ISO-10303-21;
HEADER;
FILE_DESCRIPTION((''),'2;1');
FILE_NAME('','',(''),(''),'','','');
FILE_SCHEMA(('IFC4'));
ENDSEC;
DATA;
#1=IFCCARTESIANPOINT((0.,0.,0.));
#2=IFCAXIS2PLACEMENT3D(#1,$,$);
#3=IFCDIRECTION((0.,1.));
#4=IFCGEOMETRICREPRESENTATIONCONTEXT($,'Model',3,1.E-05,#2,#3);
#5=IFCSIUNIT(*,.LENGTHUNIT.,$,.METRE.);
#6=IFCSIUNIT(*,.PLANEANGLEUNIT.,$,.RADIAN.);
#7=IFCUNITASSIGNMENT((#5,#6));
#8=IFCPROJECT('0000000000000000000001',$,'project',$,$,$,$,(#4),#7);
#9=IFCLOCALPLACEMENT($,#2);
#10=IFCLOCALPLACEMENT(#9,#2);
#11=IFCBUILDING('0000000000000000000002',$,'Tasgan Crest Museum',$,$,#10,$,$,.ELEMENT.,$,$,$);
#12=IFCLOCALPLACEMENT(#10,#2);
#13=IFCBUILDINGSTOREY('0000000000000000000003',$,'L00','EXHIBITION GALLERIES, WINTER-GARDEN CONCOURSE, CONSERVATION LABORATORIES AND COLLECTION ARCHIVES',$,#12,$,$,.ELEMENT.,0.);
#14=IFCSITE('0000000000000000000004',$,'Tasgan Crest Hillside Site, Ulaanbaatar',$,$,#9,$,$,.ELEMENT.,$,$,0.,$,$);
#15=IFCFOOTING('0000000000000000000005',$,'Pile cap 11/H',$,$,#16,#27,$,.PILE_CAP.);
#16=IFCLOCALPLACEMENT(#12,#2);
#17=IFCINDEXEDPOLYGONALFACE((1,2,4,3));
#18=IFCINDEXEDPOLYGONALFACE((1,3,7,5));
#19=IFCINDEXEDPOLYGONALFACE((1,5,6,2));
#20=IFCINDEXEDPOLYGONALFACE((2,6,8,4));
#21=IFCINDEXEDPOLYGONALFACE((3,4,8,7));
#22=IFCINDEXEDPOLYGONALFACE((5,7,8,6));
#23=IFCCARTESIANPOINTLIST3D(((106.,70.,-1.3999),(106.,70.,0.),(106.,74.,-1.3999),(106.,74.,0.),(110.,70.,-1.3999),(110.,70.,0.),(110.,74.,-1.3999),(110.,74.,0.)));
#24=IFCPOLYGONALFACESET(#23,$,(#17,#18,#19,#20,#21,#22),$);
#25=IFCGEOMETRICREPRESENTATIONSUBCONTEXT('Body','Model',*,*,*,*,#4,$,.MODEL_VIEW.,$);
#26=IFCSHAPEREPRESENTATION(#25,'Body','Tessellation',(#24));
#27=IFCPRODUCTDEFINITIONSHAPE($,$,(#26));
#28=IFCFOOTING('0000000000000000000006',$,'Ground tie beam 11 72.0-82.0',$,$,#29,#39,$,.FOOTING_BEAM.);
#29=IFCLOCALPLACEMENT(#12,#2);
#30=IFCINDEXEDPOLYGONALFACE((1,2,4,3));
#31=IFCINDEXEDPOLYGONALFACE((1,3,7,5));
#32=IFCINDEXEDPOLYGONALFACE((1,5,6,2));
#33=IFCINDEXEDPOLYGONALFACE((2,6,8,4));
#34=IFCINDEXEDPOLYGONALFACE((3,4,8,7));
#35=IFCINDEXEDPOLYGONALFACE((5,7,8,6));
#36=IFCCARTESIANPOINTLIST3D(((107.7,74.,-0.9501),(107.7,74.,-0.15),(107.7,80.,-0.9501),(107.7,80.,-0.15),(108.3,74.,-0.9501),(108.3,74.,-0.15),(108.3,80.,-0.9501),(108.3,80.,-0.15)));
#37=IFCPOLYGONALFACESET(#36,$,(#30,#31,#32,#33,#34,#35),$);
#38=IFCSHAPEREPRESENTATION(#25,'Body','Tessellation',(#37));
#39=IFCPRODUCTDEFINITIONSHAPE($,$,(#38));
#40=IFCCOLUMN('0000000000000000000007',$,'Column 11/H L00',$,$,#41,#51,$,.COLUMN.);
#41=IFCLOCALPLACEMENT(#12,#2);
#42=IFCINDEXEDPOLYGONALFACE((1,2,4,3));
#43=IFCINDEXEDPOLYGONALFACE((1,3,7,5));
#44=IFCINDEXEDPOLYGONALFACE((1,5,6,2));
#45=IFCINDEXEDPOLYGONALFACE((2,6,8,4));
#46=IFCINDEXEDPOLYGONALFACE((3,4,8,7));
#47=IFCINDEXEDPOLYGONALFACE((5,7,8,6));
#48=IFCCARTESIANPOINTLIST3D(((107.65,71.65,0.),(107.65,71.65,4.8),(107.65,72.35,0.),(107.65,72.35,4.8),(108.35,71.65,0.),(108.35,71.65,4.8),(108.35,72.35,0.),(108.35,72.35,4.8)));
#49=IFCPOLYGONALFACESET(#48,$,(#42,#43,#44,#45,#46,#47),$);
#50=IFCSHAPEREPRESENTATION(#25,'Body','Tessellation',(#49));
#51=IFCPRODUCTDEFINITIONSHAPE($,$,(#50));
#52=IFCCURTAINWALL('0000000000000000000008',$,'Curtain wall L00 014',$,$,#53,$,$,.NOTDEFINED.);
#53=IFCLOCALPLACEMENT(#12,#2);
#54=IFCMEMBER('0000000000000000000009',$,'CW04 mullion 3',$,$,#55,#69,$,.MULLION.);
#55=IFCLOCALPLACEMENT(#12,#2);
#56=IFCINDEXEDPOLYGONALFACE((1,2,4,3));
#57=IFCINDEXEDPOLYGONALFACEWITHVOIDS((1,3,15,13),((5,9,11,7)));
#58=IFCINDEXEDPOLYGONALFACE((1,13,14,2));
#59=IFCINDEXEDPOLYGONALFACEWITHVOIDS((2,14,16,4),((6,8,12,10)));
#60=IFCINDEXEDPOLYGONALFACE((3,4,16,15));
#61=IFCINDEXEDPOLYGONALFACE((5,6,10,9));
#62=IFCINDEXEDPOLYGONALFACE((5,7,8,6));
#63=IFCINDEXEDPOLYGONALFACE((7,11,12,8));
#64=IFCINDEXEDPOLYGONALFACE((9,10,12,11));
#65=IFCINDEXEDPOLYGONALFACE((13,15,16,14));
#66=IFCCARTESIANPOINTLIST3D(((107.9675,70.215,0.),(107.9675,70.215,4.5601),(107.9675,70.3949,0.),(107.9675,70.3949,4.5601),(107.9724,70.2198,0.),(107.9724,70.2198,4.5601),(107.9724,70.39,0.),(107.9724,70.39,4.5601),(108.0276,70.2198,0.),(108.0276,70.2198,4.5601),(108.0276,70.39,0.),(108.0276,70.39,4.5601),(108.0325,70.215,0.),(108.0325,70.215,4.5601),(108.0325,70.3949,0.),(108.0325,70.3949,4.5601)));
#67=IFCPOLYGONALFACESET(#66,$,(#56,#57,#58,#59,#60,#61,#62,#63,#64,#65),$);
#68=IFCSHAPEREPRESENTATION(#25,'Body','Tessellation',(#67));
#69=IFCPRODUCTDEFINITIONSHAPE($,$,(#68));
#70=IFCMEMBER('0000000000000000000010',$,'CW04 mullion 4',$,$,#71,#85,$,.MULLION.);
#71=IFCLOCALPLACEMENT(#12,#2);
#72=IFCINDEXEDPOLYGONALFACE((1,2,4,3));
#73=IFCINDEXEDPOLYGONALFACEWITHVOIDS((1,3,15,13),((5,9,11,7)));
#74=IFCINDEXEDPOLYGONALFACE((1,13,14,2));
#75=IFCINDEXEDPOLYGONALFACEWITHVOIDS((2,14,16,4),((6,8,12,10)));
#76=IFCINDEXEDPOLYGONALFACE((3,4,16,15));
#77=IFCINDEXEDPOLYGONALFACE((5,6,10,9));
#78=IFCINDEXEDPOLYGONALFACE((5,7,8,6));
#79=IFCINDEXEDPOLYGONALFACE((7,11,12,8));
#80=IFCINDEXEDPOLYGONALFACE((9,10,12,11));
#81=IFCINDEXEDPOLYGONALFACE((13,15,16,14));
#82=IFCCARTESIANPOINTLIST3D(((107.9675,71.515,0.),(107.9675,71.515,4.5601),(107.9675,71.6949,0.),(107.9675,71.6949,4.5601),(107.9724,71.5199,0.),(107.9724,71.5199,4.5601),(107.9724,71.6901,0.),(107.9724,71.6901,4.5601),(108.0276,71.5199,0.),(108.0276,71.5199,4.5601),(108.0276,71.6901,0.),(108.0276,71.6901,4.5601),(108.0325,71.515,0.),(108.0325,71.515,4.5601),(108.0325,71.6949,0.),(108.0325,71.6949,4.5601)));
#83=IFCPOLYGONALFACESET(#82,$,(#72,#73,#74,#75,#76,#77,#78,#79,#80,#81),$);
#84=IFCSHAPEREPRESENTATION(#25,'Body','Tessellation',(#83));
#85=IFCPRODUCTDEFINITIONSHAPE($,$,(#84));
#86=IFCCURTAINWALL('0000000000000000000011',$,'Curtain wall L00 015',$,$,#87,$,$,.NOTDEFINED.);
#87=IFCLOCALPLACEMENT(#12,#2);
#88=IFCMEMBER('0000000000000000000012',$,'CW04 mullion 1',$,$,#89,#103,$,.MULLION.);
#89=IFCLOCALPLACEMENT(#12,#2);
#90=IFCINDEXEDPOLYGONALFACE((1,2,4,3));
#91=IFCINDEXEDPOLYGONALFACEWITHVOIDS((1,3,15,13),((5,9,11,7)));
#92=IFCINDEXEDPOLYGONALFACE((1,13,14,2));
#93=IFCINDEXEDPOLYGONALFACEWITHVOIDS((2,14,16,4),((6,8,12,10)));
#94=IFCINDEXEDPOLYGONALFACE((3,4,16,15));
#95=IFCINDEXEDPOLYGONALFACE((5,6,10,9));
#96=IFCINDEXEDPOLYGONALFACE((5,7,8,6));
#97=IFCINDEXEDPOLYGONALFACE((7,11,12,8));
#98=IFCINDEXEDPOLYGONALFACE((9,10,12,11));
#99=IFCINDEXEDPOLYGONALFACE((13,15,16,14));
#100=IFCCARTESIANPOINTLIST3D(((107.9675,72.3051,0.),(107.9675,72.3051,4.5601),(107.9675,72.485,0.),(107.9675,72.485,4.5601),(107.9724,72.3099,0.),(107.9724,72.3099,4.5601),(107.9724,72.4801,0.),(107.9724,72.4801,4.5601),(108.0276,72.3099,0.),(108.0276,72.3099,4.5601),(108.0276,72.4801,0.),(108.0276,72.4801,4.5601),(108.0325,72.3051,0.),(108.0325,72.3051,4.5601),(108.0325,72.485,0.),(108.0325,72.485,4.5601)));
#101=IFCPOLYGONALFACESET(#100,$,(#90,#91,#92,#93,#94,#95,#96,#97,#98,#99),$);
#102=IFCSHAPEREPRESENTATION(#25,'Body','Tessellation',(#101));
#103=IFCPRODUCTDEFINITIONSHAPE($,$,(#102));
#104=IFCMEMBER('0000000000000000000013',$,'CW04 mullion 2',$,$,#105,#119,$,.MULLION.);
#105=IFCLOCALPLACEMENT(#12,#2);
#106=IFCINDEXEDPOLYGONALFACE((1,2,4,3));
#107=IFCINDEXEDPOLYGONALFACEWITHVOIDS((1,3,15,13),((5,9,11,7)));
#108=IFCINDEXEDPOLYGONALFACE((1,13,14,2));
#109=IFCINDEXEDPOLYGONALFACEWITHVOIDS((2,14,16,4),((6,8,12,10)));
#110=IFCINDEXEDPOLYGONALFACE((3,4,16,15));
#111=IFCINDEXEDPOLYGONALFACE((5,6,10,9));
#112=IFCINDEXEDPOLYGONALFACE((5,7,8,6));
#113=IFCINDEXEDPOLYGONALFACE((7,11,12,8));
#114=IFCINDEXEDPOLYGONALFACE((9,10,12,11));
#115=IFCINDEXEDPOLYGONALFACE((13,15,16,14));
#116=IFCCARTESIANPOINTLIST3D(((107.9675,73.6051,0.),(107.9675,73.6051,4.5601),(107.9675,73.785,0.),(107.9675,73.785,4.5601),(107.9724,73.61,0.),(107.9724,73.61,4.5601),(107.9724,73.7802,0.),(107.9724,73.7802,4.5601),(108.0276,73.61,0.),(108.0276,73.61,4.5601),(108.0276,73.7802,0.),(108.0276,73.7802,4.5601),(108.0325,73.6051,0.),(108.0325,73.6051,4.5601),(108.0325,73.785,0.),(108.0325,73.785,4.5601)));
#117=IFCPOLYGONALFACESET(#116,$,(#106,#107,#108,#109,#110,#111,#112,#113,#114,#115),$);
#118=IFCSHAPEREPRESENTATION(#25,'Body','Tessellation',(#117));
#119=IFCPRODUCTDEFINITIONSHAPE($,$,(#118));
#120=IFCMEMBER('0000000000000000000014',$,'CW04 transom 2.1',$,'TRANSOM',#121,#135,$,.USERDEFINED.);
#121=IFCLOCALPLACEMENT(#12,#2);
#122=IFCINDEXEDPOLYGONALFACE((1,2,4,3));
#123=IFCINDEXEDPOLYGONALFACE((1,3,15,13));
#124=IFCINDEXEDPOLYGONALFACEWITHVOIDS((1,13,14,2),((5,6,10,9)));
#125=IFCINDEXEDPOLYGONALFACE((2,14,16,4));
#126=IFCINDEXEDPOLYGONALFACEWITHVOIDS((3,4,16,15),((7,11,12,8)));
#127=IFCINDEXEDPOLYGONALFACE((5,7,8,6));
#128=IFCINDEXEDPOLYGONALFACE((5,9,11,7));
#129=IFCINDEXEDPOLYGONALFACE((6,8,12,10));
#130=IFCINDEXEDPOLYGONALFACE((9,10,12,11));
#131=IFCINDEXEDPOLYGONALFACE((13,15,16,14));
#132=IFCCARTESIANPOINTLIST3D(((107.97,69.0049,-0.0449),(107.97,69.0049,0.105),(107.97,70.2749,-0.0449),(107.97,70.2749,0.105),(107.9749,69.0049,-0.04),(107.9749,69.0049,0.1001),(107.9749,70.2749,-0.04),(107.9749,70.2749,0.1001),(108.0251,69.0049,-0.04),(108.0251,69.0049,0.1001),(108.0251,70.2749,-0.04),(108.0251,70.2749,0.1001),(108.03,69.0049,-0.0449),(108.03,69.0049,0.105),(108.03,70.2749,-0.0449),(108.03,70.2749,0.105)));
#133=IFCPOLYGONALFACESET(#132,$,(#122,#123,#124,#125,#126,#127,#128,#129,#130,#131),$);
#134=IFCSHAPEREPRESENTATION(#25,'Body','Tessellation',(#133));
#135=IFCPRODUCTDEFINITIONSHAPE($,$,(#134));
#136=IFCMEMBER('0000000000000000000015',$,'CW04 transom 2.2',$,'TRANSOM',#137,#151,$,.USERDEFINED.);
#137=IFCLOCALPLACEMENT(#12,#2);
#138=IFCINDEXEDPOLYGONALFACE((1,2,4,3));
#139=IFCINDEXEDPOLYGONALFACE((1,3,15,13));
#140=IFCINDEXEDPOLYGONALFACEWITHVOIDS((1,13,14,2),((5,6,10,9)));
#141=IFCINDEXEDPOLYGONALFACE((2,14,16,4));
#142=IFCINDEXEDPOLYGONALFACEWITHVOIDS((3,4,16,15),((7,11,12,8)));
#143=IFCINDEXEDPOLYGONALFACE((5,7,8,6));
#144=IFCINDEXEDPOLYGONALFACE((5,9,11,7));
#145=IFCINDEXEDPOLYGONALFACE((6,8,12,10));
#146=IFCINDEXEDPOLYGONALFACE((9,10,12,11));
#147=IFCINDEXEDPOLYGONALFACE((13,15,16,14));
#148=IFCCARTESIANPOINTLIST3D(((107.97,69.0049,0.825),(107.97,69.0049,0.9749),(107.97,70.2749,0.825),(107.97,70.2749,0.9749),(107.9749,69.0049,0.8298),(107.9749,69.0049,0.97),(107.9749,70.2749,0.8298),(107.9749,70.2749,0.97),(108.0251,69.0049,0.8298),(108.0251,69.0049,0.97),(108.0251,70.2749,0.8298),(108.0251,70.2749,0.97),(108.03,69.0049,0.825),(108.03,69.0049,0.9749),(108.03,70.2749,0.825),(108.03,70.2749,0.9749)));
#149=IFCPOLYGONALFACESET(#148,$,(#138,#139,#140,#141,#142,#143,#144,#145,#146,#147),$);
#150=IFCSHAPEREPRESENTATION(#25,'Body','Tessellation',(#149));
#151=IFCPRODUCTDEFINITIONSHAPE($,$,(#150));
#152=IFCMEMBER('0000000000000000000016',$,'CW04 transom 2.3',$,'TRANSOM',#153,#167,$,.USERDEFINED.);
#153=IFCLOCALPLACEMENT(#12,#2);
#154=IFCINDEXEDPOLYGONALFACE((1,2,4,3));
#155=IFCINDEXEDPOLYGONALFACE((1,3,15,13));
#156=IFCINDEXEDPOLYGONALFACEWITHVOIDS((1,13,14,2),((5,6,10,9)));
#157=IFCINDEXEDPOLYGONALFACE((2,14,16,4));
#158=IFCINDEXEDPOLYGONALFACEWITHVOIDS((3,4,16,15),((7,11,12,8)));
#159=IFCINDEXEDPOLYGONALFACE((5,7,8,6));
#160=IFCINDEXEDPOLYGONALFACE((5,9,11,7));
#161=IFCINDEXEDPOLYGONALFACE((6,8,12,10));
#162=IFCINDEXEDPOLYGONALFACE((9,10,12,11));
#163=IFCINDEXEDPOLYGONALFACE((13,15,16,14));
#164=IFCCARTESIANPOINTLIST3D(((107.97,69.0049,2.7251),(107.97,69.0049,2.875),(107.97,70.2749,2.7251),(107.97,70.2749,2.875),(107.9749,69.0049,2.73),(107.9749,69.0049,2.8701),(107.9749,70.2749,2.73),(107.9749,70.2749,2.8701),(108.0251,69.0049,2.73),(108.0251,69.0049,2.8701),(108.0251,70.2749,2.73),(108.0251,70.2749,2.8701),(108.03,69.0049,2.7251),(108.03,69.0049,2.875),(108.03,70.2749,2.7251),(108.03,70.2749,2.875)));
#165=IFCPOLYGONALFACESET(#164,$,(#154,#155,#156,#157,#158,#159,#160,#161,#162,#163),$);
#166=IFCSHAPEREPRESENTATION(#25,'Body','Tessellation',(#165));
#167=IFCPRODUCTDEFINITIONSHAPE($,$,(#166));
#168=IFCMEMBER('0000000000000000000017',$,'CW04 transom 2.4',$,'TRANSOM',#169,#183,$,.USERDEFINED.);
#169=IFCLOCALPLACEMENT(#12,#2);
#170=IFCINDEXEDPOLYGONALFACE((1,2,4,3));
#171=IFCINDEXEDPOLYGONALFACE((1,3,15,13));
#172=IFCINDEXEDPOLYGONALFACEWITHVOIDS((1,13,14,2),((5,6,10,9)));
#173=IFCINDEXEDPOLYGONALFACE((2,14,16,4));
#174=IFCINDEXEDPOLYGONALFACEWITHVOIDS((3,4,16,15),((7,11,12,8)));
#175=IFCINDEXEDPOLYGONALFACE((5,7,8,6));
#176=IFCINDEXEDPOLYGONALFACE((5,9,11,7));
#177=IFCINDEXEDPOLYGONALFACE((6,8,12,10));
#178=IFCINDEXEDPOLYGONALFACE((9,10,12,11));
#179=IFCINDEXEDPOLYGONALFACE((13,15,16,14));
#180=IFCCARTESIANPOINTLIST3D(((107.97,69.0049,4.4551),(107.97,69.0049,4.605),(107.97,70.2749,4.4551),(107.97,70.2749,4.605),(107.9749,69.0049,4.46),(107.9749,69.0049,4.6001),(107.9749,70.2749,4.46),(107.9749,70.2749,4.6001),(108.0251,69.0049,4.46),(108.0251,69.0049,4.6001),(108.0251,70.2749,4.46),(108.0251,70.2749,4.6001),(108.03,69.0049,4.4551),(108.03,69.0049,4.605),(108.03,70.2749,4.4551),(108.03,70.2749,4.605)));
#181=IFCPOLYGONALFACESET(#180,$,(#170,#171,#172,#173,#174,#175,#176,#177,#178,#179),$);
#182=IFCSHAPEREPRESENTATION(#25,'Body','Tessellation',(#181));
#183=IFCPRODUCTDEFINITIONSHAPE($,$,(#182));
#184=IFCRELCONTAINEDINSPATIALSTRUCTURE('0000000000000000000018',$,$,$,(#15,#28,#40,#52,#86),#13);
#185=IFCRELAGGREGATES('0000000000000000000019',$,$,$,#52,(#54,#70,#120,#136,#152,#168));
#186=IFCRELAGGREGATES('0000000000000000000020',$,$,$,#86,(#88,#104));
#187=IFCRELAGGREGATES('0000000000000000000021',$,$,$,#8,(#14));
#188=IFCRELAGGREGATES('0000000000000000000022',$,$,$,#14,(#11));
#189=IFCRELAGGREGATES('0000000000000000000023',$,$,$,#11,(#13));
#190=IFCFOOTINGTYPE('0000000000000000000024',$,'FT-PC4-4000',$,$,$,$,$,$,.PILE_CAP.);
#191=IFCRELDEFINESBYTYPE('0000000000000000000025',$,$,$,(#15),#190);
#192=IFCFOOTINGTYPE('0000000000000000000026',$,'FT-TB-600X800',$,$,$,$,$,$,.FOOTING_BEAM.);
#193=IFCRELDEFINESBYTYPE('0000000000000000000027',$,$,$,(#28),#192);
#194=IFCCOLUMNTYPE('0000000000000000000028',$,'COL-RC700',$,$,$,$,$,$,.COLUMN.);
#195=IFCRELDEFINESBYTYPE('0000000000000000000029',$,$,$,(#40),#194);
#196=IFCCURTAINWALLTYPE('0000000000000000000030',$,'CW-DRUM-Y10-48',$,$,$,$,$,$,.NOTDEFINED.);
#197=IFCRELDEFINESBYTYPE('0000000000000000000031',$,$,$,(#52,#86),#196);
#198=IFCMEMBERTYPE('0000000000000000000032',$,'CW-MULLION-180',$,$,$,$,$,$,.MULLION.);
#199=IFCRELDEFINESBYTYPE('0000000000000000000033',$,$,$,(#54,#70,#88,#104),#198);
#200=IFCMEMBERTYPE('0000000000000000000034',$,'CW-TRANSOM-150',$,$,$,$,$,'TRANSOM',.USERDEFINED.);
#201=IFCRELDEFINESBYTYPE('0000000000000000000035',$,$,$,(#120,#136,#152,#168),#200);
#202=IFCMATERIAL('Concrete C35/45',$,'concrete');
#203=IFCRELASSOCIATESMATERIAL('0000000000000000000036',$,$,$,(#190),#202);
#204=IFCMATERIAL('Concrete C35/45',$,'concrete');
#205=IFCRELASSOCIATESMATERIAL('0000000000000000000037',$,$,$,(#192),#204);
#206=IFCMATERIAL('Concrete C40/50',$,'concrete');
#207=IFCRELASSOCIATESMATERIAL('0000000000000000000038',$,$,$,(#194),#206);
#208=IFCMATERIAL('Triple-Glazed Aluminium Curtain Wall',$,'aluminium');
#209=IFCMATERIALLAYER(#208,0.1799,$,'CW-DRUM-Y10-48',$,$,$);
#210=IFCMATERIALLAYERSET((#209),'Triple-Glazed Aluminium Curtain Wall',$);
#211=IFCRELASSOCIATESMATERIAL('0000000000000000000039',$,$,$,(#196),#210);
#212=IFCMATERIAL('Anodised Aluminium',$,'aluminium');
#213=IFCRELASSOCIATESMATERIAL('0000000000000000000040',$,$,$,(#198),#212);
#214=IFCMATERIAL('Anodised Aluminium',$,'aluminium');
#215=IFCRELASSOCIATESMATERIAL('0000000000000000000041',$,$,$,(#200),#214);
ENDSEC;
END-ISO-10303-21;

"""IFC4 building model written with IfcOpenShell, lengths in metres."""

from ifc_helpers import new_model, si_unit, direction, frame, origin, origin_2d, place, context, subcontext, project, spatial, rectangle, hollow_rectangle, extrude, material, layer, layer_set, material_profile, profile_set, type_object, element, aggregate, save


model = new_model("IFC4")

# Units and contexts
model_context = context("Model", 3, precision=1e-05, world=origin(), true_north=direction((0.0, 1.0)))
body_context = subcontext(model_context, "Body", "Model", "MODEL_VIEW")
ifc_project = project(units=[si_unit("LENGTHUNIT", "METRE"), si_unit("PLANEANGLEUNIT", "RADIAN")], contexts=[model_context])

# Site, building, storey
site_placement = place(None, origin())
site = spatial("IfcSite", under=ifc_project, at=site_placement, Name="Tasgan Crest Hillside Site, Ulaanbaatar", CompositionType="ELEMENT", RefElevation=0.0)
building_placement = place(site_placement, origin())
building = spatial("IfcBuilding", under=site, at=building_placement, Name="Tasgan Crest Museum", CompositionType="ELEMENT")
storey_placement = place(building_placement, origin())
storey = spatial("IfcBuildingStorey", under=building, at=storey_placement, Name="L00", Description="EXHIBITION GALLERIES, WINTER-GARDEN CONCOURSE, CONSERVATION LABORATORIES AND COLLECTION ARCHIVES", CompositionType="ELEMENT", Elevation=0.0)

# Footings
ifc_material_1 = material(Name="Concrete C35/45", Category="concrete")
footing_type_1 = type_object("IfcFootingType", Name="FT-PC4-4000", PredefinedType="PILE_CAP", material=ifc_material_1)
footing_1_placement = place(storey_placement, frame((108.0, 72.0, -1.3999), z_axis=(0.0, 0.0, 1.0), x_axis=(1.0, 0.0, 0.0)))
element("IfcFooting", 1, at=footing_1_placement, inside=storey, type_object=footing_type_1, Name="Pile cap 11/H", PredefinedType="PILE_CAP", context=body_context, shape_type="SweptSolid", body=[
    extrude(rectangle(XDim=4.0, YDim=4.0, at=origin_2d()), origin(), (0.0, 0.0, 1.0), 1.3999),
])
ifc_material_2 = material(Name="Concrete C35/45", Category="concrete")
ifc_material_profile_1 = material_profile(ifc_material_2, rectangle(XDim=0.6001, YDim=0.8, at=origin_2d()), Name="TB 600x800")
ifc_profile_set_1 = profile_set([ifc_material_profile_1], Name="Concrete C35/45")
footing_type_2 = type_object("IfcFootingType", Name="FT-TB-600X800", PredefinedType="FOOTING_BEAM", material=ifc_profile_set_1)
footing_2_placement = place(storey_placement, frame((108.0, 74.0, -0.55), z_axis=(0.0, 1.0, 0.0), x_axis=(-1.0, 0.0, 0.0)))
element("IfcFooting", 2, at=footing_2_placement, inside=storey, type_object=footing_type_2, Name="Ground tie beam 11 72.0-82.0", PredefinedType="FOOTING_BEAM", context=body_context, shape_type="SweptSolid", body=[
    extrude(rectangle(XDim=0.6001, YDim=0.8, at=origin_2d()), origin(), (0.0, 0.0, 1.0), 6.0),
])

# Column
ifc_material_3 = material(Name="Concrete C40/50", Category="concrete")
ifc_material_profile_2 = material_profile(ifc_material_3, rectangle(XDim=0.7, YDim=0.7, at=origin_2d()), Name="RC 700x700")
ifc_profile_set_2 = profile_set([ifc_material_profile_2], Name="Concrete C40/50")
column_type = type_object("IfcColumnType", Name="COL-RC700", PredefinedType="COLUMN", material=ifc_profile_set_2)
column_placement = place(storey_placement, frame((108.0, 72.0, 0.0), z_axis=(0.0, 0.0, 1.0), x_axis=(1.0, 0.0, 0.0)))
element("IfcColumn", 3, at=column_placement, inside=storey, type_object=column_type, Name="Column 11/H L00", PredefinedType="COLUMN", context=body_context, shape_type="SweptSolid", body=[
    extrude(rectangle(XDim=0.7, YDim=0.7, at=origin_2d()), origin(), (0.0, 0.0, 1.0), 4.8),
])

# Curtain walls, members
ifc_material_4 = material(Name="Triple-Glazed Aluminium Curtain Wall", Category="aluminium")
ifc_layer_1 = layer(ifc_material_4, 0.1799, Name="CW-DRUM-Y10-48")
ifc_layer_set_1 = layer_set([ifc_layer_1], Name="Triple-Glazed Aluminium Curtain Wall")
curtain_wall_type = type_object("IfcCurtainWallType", Name="CW-DRUM-Y10-48", PredefinedType="NOTDEFINED", material=ifc_layer_set_1)
curtain_wall_1_placement = place(storey_placement, origin())
curtain_wall_1 = element("IfcCurtainWall", 4, at=curtain_wall_1_placement, inside=storey, type_object=curtain_wall_type, Name="Curtain wall L00 014", PredefinedType="NOTDEFINED")
ifc_material_5 = material(Name="Anodised Aluminium", Category="aluminium")
ifc_material_profile_3 = material_profile(ifc_material_5, hollow_rectangle(XDim=0.0649, YDim=0.1799, WallThickness=0.0049, at=origin_2d()), Name="ALU MULLION 180x65x5")
ifc_profile_set_3 = profile_set([ifc_material_profile_3], Name="Anodised Aluminium")
member_type_1 = type_object("IfcMemberType", Name="CW-MULLION-180", PredefinedType="MULLION", material=ifc_profile_set_3)
member_1_placement = place(storey_placement, frame((108.0, 70.3049, 0.0), z_axis=(0.0, 0.0, 1.0), x_axis=(-1.0, 0.0, 0.0)))
member_1 = element("IfcMember", 5, at=member_1_placement, type_object=member_type_1, Name="CW04 mullion 3", PredefinedType="MULLION", context=body_context, shape_type="SweptSolid", body=[
    extrude(hollow_rectangle(XDim=0.0649, YDim=0.1799, WallThickness=0.0049, at=origin_2d()), origin(), (0.0, 0.0, 1.0), 4.5601),
])
member_2_placement = place(storey_placement, frame((108.0, 71.605, 0.0), z_axis=(0.0, 0.0, 1.0), x_axis=(-1.0, 0.0, 0.0)))
member_2 = element("IfcMember", 6, at=member_2_placement, type_object=member_type_1, Name="CW04 mullion 4", PredefinedType="MULLION", context=body_context, shape_type="SweptSolid", body=[
    extrude(hollow_rectangle(XDim=0.0649, YDim=0.1799, WallThickness=0.0049, at=origin_2d()), origin(), (0.0, 0.0, 1.0), 4.5601),
])
curtain_wall_2_placement = place(storey_placement, origin())
curtain_wall_2 = element("IfcCurtainWall", 7, at=curtain_wall_2_placement, inside=storey, type_object=curtain_wall_type, Name="Curtain wall L00 015", PredefinedType="NOTDEFINED")
member_3_placement = place(storey_placement, frame((108.0, 72.395, 0.0), z_axis=(0.0, 0.0, 1.0), x_axis=(-1.0, 0.0, 0.0)))
member_3 = element("IfcMember", 8, at=member_3_placement, type_object=member_type_1, Name="CW04 mullion 1", PredefinedType="MULLION", context=body_context, shape_type="SweptSolid", body=[
    extrude(hollow_rectangle(XDim=0.0649, YDim=0.1799, WallThickness=0.0049, at=origin_2d()), origin(), (0.0, 0.0, 1.0), 4.5601),
])
member_4_placement = place(storey_placement, frame((108.0, 73.6951, 0.0), z_axis=(0.0, 0.0, 1.0), x_axis=(-1.0, 0.0, 0.0)))
member_4 = element("IfcMember", 9, at=member_4_placement, type_object=member_type_1, Name="CW04 mullion 2", PredefinedType="MULLION", context=body_context, shape_type="SweptSolid", body=[
    extrude(hollow_rectangle(XDim=0.0649, YDim=0.1799, WallThickness=0.0049, at=origin_2d()), origin(), (0.0, 0.0, 1.0), 4.5601),
])

# Members
ifc_material_6 = material(Name="Anodised Aluminium", Category="aluminium")
ifc_material_profile_4 = material_profile(ifc_material_6, hollow_rectangle(XDim=0.0601, YDim=0.1499, WallThickness=0.0049, at=origin_2d()), Name="ALU TRANSOM 150x60x5")
ifc_profile_set_4 = profile_set([ifc_material_profile_4], Name="Anodised Aluminium")
member_type_2 = type_object("IfcMemberType", Name="CW-TRANSOM-150", ElementType="TRANSOM", PredefinedType="USERDEFINED", material=ifc_profile_set_4)
member_5_placement = place(storey_placement, frame((108.0, 69.0049, 0.03), z_axis=(0.0, 1.0, 0.0), x_axis=(-1.0, 0.0, 0.0)))
member_5 = element("IfcMember", 10, at=member_5_placement, type_object=member_type_2, Name="CW04 transom 2.1", ObjectType="TRANSOM", PredefinedType="USERDEFINED", context=body_context, shape_type="SweptSolid", body=[
    extrude(hollow_rectangle(XDim=0.0601, YDim=0.1499, WallThickness=0.0049, at=origin_2d()), origin(), (0.0, 0.0, 1.0), 1.27),
])
member_6_placement = place(storey_placement, frame((108.0, 69.0049, 0.8999), z_axis=(0.0, 1.0, 0.0), x_axis=(-1.0, 0.0, 0.0)))
member_6 = element("IfcMember", 11, at=member_6_placement, type_object=member_type_2, Name="CW04 transom 2.2", ObjectType="TRANSOM", PredefinedType="USERDEFINED", context=body_context, shape_type="SweptSolid", body=[
    extrude(hollow_rectangle(XDim=0.0601, YDim=0.1499, WallThickness=0.0049, at=origin_2d()), origin(), (0.0, 0.0, 1.0), 1.27),
])
member_7_placement = place(storey_placement, frame((108.0, 69.0049, 2.8), z_axis=(0.0, 1.0, 0.0), x_axis=(-1.0, 0.0, 0.0)))
member_7 = element("IfcMember", 12, at=member_7_placement, type_object=member_type_2, Name="CW04 transom 2.3", ObjectType="TRANSOM", PredefinedType="USERDEFINED", context=body_context, shape_type="SweptSolid", body=[
    extrude(hollow_rectangle(XDim=0.0601, YDim=0.1499, WallThickness=0.0049, at=origin_2d()), origin(), (0.0, 0.0, 1.0), 1.27),
])
member_8_placement = place(storey_placement, frame((108.0, 69.0049, 4.53), z_axis=(0.0, 1.0, 0.0), x_axis=(-1.0, 0.0, 0.0)))
member_8 = element("IfcMember", 13, at=member_8_placement, type_object=member_type_2, Name="CW04 transom 2.4", ObjectType="TRANSOM", PredefinedType="USERDEFINED", context=body_context, shape_type="SweptSolid", body=[
    extrude(hollow_rectangle(XDim=0.0601, YDim=0.1499, WallThickness=0.0049, at=origin_2d()), origin(), (0.0, 0.0, 1.0), 1.27),
])

aggregate(curtain_wall_1, [member_1, member_2, member_5, member_6, member_7, member_8])
aggregate(curtain_wall_2, [member_3, member_4])

save(model, "model.ifc")
